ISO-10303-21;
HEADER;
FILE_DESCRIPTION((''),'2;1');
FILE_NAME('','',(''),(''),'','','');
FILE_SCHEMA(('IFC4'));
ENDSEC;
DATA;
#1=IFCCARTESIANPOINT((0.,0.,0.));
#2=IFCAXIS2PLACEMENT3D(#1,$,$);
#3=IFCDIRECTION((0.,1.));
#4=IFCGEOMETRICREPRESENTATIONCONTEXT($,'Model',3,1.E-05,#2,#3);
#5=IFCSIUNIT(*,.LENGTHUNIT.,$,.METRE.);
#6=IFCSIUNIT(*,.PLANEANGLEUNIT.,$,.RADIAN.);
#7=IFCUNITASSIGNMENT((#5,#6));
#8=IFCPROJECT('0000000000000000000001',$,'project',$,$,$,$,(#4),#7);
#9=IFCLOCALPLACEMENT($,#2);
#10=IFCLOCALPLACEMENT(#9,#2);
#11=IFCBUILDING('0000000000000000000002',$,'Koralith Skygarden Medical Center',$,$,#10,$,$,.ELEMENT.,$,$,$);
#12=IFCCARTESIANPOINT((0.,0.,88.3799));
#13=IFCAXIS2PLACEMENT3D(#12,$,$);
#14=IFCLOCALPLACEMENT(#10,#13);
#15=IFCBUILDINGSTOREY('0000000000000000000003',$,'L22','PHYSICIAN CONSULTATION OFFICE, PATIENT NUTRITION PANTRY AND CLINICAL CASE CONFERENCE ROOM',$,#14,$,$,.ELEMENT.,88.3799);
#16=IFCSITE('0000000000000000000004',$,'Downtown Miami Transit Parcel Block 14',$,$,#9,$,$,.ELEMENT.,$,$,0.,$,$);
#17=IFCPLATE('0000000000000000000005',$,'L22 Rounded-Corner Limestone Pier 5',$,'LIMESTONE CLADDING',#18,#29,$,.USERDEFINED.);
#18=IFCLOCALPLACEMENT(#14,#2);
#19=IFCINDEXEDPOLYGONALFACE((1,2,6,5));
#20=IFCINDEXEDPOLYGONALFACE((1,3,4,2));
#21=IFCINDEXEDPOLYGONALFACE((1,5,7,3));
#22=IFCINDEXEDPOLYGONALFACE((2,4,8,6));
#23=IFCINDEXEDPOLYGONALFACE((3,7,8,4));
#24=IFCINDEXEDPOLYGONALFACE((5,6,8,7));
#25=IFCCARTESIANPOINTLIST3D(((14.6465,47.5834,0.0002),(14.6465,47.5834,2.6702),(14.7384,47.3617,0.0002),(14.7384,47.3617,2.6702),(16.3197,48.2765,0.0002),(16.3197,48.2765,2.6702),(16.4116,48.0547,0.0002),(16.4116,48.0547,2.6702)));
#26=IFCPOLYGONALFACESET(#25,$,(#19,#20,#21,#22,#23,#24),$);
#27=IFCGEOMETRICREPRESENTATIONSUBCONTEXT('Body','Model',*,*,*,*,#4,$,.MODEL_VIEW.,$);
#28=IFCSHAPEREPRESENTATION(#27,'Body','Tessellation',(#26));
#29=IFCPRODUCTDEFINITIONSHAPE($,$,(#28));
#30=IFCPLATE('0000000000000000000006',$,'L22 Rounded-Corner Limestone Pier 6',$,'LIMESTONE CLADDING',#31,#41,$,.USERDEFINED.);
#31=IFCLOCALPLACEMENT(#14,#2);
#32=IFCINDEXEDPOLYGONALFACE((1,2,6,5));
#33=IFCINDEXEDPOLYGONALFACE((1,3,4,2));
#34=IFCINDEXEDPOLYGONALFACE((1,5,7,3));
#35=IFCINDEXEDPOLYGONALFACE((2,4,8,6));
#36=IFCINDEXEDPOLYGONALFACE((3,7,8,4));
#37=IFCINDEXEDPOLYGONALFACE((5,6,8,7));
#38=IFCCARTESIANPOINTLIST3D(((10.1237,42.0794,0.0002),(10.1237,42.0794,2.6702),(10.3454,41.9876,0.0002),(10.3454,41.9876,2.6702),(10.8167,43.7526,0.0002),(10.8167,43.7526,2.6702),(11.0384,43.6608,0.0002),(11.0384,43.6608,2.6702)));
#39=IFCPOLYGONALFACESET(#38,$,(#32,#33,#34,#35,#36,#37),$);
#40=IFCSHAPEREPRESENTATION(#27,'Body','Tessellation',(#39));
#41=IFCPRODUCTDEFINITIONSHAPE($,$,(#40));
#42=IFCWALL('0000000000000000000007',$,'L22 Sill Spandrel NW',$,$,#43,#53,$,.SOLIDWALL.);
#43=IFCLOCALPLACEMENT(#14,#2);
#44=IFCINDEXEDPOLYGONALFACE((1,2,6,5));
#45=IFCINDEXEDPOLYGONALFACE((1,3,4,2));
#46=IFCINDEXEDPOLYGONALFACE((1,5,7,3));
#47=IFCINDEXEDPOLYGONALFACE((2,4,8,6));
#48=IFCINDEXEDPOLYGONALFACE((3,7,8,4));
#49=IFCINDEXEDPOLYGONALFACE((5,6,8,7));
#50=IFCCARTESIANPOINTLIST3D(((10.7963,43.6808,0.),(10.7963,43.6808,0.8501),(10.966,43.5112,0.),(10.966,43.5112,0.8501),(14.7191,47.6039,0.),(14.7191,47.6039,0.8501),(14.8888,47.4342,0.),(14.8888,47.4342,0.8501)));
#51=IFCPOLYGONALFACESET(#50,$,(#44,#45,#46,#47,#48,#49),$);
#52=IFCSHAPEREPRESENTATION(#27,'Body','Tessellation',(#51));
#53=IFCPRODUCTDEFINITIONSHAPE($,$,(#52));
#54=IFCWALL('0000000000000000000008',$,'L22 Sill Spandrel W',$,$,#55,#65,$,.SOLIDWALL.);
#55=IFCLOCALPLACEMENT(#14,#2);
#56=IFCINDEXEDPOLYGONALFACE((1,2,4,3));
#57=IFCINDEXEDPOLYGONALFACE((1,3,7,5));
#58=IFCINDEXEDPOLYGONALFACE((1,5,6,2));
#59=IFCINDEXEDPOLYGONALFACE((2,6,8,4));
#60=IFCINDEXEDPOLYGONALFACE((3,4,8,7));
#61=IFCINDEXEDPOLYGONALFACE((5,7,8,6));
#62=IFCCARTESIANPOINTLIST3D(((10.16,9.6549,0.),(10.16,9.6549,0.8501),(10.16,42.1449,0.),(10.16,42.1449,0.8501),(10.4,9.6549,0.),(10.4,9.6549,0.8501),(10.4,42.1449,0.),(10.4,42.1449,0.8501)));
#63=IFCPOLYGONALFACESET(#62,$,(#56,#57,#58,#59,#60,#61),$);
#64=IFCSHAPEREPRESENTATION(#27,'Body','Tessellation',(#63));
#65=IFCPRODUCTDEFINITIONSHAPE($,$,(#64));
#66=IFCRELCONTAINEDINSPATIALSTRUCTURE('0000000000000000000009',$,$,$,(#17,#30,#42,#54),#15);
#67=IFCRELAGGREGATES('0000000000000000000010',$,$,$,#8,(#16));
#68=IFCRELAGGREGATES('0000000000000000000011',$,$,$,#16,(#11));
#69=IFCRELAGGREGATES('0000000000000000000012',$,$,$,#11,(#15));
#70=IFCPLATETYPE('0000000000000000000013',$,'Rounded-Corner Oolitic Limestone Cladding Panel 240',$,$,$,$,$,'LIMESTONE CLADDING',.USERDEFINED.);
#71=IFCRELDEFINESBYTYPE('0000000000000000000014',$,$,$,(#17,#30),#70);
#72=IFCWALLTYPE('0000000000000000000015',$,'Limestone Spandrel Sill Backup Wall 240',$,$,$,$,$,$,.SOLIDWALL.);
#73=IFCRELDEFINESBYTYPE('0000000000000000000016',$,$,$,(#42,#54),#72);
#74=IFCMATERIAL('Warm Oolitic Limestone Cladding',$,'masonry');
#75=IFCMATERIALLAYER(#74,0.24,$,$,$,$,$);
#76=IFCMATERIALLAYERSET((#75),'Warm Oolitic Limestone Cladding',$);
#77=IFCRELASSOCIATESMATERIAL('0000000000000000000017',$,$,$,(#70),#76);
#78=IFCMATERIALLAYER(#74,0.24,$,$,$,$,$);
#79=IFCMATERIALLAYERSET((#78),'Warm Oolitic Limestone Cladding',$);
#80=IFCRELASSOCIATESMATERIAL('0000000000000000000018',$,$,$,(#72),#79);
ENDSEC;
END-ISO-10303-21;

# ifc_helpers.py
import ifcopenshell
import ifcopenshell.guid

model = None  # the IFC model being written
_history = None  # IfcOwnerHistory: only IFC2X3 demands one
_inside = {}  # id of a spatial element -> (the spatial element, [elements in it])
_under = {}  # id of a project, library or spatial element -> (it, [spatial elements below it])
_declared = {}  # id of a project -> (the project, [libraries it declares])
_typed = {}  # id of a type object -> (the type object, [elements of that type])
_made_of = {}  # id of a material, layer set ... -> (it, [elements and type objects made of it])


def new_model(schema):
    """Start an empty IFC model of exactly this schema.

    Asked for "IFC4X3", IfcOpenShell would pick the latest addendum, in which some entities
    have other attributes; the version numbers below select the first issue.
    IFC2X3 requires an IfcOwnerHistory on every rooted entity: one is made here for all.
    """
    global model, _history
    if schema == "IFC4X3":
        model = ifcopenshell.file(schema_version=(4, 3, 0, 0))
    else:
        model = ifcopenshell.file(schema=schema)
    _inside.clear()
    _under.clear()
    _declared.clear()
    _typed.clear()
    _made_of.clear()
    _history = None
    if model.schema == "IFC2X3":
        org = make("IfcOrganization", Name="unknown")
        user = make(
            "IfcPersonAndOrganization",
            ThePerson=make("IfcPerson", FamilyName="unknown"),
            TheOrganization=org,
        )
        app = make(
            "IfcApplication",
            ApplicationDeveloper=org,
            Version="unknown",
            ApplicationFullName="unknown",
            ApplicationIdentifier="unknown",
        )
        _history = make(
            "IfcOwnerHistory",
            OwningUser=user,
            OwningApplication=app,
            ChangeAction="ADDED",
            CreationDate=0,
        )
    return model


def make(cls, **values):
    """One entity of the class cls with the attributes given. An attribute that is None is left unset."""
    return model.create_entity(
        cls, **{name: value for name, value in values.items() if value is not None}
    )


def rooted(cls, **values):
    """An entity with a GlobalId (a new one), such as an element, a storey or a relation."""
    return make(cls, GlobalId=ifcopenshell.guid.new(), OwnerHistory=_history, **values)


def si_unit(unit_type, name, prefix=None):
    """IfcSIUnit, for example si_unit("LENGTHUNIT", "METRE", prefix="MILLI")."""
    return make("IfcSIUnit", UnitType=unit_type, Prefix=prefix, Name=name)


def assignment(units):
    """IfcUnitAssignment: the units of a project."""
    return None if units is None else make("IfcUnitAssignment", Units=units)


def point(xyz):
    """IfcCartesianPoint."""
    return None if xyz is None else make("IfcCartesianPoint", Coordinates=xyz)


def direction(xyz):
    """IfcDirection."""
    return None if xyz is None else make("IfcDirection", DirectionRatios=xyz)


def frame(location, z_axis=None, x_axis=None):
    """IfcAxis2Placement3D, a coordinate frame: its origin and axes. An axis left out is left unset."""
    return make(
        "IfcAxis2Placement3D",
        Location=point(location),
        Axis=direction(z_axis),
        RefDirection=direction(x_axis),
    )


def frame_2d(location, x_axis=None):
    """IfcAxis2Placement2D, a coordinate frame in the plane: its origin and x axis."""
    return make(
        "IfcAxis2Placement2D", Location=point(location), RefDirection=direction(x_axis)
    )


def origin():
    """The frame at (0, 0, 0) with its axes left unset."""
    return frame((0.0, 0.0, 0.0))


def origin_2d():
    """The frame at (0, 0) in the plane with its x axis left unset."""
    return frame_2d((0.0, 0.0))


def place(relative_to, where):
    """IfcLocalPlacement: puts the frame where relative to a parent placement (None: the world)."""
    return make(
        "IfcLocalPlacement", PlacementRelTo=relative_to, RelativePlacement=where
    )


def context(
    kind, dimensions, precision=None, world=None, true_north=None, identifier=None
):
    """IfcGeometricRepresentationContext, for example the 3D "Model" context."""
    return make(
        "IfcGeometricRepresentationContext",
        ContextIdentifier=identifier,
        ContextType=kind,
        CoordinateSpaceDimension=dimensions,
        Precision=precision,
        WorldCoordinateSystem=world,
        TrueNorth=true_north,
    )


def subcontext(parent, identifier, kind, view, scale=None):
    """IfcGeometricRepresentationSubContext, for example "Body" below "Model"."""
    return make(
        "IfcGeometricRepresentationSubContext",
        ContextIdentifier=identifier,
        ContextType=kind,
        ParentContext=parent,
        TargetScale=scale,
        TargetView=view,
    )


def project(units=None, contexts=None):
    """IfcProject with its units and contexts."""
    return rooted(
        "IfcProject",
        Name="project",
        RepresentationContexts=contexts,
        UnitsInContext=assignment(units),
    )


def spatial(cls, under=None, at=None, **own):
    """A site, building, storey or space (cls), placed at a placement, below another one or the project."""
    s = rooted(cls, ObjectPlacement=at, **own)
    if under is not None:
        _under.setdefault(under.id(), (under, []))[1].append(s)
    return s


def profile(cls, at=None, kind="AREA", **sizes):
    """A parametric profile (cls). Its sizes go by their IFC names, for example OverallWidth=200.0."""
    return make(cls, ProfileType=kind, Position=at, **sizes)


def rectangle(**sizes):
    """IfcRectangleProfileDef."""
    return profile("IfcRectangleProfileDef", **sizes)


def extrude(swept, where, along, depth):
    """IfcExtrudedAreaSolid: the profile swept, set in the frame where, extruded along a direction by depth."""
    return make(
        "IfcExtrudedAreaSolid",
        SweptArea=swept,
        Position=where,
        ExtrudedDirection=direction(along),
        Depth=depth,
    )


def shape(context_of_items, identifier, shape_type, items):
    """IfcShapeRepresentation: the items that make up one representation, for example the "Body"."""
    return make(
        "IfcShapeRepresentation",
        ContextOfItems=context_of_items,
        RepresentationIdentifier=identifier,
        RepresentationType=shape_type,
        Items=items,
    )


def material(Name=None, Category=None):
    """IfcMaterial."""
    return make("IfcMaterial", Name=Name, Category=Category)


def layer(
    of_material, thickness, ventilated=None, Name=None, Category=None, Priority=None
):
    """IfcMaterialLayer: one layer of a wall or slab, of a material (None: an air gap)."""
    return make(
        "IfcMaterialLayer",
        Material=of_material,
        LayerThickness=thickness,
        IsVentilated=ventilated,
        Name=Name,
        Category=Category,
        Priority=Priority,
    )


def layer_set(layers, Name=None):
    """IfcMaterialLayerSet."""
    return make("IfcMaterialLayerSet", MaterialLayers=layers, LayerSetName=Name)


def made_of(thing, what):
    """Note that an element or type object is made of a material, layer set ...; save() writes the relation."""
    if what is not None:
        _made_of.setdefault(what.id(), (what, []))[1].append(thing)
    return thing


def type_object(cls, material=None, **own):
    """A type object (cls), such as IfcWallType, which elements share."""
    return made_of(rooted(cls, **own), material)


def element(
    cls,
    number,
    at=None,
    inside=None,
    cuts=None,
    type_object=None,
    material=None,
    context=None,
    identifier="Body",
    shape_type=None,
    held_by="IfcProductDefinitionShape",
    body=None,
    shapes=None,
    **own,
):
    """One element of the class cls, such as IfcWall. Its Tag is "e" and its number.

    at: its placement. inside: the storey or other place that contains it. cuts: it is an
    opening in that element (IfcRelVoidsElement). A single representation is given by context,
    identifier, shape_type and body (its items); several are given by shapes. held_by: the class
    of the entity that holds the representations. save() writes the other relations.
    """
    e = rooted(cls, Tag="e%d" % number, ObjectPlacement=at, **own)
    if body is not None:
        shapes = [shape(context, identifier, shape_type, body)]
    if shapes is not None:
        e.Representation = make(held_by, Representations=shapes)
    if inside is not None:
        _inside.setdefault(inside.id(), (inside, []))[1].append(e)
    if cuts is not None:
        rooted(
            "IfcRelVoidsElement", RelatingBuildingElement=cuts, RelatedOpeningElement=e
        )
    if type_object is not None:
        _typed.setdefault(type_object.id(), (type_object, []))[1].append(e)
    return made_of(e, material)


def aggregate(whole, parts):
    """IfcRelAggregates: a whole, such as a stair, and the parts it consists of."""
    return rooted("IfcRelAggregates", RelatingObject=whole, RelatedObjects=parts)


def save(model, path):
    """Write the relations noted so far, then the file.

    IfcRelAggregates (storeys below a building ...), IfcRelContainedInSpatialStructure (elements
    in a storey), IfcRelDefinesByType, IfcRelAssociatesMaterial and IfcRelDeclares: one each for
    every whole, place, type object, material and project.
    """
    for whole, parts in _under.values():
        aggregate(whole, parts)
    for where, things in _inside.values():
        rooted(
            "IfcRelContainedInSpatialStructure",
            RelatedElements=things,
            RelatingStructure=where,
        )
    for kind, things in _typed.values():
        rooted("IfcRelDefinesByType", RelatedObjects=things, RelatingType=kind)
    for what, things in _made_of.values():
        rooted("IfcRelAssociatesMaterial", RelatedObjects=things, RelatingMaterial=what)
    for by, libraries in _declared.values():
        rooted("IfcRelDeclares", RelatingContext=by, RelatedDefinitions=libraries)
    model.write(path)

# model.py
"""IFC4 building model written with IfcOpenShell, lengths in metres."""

from ifc_helpers import new_model, si_unit, direction, frame, frame_2d, origin, origin_2d, place, context, subcontext, project, spatial, rectangle, extrude, material, layer, layer_set, type_object, element, save


model = new_model("IFC4")

# Units and contexts
model_context = context("Model", 3, precision=1e-05, world=origin(), true_north=direction((0.0, 1.0)))
body_context = subcontext(model_context, "Body", "Model", "MODEL_VIEW")
ifc_project = project(units=[si_unit("LENGTHUNIT", "METRE"), si_unit("PLANEANGLEUNIT", "RADIAN")], contexts=[model_context])

# Site, building, storey
site_placement = place(None, origin())
site = spatial("IfcSite", under=ifc_project, at=site_placement, Name="Downtown Miami Transit Parcel Block 14", CompositionType="ELEMENT", RefElevation=0.0)
building_placement = place(site_placement, origin())
building = spatial("IfcBuilding", under=site, at=building_placement, Name="Koralith Skygarden Medical Center", CompositionType="ELEMENT")
storey_placement = place(building_placement, frame((0.0, 0.0, 88.3799)))
storey = spatial("IfcBuildingStorey", under=building, at=storey_placement, Name="L22", Description="PHYSICIAN CONSULTATION OFFICE, PATIENT NUTRITION PANTRY AND CLINICAL CASE CONFERENCE ROOM", CompositionType="ELEMENT", Elevation=88.3799)

# Plates
ifc_material_1 = material(Name="Warm Oolitic Limestone Cladding", Category="masonry")
ifc_layer_1 = layer(ifc_material_1, 0.24)
ifc_layer_set_1 = layer_set([ifc_layer_1], Name="Warm Oolitic Limestone Cladding")
plate_type_1 = type_object("IfcPlateType", Name="Rounded-Corner Oolitic Limestone Cladding Panel 240", ElementType="LIMESTONE CLADDING", PredefinedType="USERDEFINED", material=ifc_layer_set_1)
for number, where, z_axis, x_axis, name in (
    (1, (15.5291, 47.8191, 0.0002), (0.0, 0.0, 1.0), (-0.923885, -0.382671, 0.0), "L22 Rounded-Corner Limestone Pier 5"),
    (2, (10.5811, 42.8701, 0.0002), (0.0, 0.0, 1.0), (-0.382671, -0.923885, 0.0), "L22 Rounded-Corner Limestone Pier 6"),
):
    element("IfcPlate", number, at=place(storey_placement, frame(where, z_axis=z_axis, x_axis=x_axis)), inside=storey, type_object=plate_type_1, Name=name, ObjectType="LIMESTONE CLADDING", PredefinedType="USERDEFINED", context=body_context, shape_type="SweptSolid", body=[
        extrude(rectangle(XDim=1.811, YDim=0.24, at=origin_2d()), origin(), (0.0, 0.0, 1.0), 2.6699),
    ])

# Walls
ifc_layer_2 = layer(ifc_material_1, 0.24)
ifc_layer_set_2 = layer_set([ifc_layer_2], Name="Warm Oolitic Limestone Cladding")
wall_type = type_object("IfcWallType", Name="Limestone Spandrel Sill Backup Wall 240", PredefinedType="SOLIDWALL", material=ifc_layer_set_2)
wall_1_placement = place(storey_placement, frame((14.804, 47.519, 0.0), z_axis=(0.0, 0.0, 1.0), x_axis=(-0.707085, -0.707129, 0.0)))
element("IfcWall", 3, at=wall_1_placement, inside=storey, type_object=wall_type, Name="L22 Sill Spandrel NW", PredefinedType="SOLIDWALL", context=body_context, shape_type="SweptSolid", body=[
    extrude(rectangle(XDim=5.5479, YDim=0.24, at=frame_2d((2.7739, 0.0))), origin(), (0.0, 0.0, 1.0), 0.8501),
])
wall_2_placement = place(storey_placement, frame((10.28, 42.145, 0.0), z_axis=(0.0, 0.0, 1.0), x_axis=(0.0, -1.0, 0.0)))
element("IfcWall", 4, at=wall_2_placement, inside=storey, type_object=wall_type, Name="L22 Sill Spandrel W", PredefinedType="SOLIDWALL", context=body_context, shape_type="SweptSolid", body=[
    extrude(rectangle(XDim=32.49, YDim=0.24, at=frame_2d((16.2451, 0.0))), origin(), (0.0, 0.0, 1.0), 0.8501),
])

save(model, "model.ifc")
